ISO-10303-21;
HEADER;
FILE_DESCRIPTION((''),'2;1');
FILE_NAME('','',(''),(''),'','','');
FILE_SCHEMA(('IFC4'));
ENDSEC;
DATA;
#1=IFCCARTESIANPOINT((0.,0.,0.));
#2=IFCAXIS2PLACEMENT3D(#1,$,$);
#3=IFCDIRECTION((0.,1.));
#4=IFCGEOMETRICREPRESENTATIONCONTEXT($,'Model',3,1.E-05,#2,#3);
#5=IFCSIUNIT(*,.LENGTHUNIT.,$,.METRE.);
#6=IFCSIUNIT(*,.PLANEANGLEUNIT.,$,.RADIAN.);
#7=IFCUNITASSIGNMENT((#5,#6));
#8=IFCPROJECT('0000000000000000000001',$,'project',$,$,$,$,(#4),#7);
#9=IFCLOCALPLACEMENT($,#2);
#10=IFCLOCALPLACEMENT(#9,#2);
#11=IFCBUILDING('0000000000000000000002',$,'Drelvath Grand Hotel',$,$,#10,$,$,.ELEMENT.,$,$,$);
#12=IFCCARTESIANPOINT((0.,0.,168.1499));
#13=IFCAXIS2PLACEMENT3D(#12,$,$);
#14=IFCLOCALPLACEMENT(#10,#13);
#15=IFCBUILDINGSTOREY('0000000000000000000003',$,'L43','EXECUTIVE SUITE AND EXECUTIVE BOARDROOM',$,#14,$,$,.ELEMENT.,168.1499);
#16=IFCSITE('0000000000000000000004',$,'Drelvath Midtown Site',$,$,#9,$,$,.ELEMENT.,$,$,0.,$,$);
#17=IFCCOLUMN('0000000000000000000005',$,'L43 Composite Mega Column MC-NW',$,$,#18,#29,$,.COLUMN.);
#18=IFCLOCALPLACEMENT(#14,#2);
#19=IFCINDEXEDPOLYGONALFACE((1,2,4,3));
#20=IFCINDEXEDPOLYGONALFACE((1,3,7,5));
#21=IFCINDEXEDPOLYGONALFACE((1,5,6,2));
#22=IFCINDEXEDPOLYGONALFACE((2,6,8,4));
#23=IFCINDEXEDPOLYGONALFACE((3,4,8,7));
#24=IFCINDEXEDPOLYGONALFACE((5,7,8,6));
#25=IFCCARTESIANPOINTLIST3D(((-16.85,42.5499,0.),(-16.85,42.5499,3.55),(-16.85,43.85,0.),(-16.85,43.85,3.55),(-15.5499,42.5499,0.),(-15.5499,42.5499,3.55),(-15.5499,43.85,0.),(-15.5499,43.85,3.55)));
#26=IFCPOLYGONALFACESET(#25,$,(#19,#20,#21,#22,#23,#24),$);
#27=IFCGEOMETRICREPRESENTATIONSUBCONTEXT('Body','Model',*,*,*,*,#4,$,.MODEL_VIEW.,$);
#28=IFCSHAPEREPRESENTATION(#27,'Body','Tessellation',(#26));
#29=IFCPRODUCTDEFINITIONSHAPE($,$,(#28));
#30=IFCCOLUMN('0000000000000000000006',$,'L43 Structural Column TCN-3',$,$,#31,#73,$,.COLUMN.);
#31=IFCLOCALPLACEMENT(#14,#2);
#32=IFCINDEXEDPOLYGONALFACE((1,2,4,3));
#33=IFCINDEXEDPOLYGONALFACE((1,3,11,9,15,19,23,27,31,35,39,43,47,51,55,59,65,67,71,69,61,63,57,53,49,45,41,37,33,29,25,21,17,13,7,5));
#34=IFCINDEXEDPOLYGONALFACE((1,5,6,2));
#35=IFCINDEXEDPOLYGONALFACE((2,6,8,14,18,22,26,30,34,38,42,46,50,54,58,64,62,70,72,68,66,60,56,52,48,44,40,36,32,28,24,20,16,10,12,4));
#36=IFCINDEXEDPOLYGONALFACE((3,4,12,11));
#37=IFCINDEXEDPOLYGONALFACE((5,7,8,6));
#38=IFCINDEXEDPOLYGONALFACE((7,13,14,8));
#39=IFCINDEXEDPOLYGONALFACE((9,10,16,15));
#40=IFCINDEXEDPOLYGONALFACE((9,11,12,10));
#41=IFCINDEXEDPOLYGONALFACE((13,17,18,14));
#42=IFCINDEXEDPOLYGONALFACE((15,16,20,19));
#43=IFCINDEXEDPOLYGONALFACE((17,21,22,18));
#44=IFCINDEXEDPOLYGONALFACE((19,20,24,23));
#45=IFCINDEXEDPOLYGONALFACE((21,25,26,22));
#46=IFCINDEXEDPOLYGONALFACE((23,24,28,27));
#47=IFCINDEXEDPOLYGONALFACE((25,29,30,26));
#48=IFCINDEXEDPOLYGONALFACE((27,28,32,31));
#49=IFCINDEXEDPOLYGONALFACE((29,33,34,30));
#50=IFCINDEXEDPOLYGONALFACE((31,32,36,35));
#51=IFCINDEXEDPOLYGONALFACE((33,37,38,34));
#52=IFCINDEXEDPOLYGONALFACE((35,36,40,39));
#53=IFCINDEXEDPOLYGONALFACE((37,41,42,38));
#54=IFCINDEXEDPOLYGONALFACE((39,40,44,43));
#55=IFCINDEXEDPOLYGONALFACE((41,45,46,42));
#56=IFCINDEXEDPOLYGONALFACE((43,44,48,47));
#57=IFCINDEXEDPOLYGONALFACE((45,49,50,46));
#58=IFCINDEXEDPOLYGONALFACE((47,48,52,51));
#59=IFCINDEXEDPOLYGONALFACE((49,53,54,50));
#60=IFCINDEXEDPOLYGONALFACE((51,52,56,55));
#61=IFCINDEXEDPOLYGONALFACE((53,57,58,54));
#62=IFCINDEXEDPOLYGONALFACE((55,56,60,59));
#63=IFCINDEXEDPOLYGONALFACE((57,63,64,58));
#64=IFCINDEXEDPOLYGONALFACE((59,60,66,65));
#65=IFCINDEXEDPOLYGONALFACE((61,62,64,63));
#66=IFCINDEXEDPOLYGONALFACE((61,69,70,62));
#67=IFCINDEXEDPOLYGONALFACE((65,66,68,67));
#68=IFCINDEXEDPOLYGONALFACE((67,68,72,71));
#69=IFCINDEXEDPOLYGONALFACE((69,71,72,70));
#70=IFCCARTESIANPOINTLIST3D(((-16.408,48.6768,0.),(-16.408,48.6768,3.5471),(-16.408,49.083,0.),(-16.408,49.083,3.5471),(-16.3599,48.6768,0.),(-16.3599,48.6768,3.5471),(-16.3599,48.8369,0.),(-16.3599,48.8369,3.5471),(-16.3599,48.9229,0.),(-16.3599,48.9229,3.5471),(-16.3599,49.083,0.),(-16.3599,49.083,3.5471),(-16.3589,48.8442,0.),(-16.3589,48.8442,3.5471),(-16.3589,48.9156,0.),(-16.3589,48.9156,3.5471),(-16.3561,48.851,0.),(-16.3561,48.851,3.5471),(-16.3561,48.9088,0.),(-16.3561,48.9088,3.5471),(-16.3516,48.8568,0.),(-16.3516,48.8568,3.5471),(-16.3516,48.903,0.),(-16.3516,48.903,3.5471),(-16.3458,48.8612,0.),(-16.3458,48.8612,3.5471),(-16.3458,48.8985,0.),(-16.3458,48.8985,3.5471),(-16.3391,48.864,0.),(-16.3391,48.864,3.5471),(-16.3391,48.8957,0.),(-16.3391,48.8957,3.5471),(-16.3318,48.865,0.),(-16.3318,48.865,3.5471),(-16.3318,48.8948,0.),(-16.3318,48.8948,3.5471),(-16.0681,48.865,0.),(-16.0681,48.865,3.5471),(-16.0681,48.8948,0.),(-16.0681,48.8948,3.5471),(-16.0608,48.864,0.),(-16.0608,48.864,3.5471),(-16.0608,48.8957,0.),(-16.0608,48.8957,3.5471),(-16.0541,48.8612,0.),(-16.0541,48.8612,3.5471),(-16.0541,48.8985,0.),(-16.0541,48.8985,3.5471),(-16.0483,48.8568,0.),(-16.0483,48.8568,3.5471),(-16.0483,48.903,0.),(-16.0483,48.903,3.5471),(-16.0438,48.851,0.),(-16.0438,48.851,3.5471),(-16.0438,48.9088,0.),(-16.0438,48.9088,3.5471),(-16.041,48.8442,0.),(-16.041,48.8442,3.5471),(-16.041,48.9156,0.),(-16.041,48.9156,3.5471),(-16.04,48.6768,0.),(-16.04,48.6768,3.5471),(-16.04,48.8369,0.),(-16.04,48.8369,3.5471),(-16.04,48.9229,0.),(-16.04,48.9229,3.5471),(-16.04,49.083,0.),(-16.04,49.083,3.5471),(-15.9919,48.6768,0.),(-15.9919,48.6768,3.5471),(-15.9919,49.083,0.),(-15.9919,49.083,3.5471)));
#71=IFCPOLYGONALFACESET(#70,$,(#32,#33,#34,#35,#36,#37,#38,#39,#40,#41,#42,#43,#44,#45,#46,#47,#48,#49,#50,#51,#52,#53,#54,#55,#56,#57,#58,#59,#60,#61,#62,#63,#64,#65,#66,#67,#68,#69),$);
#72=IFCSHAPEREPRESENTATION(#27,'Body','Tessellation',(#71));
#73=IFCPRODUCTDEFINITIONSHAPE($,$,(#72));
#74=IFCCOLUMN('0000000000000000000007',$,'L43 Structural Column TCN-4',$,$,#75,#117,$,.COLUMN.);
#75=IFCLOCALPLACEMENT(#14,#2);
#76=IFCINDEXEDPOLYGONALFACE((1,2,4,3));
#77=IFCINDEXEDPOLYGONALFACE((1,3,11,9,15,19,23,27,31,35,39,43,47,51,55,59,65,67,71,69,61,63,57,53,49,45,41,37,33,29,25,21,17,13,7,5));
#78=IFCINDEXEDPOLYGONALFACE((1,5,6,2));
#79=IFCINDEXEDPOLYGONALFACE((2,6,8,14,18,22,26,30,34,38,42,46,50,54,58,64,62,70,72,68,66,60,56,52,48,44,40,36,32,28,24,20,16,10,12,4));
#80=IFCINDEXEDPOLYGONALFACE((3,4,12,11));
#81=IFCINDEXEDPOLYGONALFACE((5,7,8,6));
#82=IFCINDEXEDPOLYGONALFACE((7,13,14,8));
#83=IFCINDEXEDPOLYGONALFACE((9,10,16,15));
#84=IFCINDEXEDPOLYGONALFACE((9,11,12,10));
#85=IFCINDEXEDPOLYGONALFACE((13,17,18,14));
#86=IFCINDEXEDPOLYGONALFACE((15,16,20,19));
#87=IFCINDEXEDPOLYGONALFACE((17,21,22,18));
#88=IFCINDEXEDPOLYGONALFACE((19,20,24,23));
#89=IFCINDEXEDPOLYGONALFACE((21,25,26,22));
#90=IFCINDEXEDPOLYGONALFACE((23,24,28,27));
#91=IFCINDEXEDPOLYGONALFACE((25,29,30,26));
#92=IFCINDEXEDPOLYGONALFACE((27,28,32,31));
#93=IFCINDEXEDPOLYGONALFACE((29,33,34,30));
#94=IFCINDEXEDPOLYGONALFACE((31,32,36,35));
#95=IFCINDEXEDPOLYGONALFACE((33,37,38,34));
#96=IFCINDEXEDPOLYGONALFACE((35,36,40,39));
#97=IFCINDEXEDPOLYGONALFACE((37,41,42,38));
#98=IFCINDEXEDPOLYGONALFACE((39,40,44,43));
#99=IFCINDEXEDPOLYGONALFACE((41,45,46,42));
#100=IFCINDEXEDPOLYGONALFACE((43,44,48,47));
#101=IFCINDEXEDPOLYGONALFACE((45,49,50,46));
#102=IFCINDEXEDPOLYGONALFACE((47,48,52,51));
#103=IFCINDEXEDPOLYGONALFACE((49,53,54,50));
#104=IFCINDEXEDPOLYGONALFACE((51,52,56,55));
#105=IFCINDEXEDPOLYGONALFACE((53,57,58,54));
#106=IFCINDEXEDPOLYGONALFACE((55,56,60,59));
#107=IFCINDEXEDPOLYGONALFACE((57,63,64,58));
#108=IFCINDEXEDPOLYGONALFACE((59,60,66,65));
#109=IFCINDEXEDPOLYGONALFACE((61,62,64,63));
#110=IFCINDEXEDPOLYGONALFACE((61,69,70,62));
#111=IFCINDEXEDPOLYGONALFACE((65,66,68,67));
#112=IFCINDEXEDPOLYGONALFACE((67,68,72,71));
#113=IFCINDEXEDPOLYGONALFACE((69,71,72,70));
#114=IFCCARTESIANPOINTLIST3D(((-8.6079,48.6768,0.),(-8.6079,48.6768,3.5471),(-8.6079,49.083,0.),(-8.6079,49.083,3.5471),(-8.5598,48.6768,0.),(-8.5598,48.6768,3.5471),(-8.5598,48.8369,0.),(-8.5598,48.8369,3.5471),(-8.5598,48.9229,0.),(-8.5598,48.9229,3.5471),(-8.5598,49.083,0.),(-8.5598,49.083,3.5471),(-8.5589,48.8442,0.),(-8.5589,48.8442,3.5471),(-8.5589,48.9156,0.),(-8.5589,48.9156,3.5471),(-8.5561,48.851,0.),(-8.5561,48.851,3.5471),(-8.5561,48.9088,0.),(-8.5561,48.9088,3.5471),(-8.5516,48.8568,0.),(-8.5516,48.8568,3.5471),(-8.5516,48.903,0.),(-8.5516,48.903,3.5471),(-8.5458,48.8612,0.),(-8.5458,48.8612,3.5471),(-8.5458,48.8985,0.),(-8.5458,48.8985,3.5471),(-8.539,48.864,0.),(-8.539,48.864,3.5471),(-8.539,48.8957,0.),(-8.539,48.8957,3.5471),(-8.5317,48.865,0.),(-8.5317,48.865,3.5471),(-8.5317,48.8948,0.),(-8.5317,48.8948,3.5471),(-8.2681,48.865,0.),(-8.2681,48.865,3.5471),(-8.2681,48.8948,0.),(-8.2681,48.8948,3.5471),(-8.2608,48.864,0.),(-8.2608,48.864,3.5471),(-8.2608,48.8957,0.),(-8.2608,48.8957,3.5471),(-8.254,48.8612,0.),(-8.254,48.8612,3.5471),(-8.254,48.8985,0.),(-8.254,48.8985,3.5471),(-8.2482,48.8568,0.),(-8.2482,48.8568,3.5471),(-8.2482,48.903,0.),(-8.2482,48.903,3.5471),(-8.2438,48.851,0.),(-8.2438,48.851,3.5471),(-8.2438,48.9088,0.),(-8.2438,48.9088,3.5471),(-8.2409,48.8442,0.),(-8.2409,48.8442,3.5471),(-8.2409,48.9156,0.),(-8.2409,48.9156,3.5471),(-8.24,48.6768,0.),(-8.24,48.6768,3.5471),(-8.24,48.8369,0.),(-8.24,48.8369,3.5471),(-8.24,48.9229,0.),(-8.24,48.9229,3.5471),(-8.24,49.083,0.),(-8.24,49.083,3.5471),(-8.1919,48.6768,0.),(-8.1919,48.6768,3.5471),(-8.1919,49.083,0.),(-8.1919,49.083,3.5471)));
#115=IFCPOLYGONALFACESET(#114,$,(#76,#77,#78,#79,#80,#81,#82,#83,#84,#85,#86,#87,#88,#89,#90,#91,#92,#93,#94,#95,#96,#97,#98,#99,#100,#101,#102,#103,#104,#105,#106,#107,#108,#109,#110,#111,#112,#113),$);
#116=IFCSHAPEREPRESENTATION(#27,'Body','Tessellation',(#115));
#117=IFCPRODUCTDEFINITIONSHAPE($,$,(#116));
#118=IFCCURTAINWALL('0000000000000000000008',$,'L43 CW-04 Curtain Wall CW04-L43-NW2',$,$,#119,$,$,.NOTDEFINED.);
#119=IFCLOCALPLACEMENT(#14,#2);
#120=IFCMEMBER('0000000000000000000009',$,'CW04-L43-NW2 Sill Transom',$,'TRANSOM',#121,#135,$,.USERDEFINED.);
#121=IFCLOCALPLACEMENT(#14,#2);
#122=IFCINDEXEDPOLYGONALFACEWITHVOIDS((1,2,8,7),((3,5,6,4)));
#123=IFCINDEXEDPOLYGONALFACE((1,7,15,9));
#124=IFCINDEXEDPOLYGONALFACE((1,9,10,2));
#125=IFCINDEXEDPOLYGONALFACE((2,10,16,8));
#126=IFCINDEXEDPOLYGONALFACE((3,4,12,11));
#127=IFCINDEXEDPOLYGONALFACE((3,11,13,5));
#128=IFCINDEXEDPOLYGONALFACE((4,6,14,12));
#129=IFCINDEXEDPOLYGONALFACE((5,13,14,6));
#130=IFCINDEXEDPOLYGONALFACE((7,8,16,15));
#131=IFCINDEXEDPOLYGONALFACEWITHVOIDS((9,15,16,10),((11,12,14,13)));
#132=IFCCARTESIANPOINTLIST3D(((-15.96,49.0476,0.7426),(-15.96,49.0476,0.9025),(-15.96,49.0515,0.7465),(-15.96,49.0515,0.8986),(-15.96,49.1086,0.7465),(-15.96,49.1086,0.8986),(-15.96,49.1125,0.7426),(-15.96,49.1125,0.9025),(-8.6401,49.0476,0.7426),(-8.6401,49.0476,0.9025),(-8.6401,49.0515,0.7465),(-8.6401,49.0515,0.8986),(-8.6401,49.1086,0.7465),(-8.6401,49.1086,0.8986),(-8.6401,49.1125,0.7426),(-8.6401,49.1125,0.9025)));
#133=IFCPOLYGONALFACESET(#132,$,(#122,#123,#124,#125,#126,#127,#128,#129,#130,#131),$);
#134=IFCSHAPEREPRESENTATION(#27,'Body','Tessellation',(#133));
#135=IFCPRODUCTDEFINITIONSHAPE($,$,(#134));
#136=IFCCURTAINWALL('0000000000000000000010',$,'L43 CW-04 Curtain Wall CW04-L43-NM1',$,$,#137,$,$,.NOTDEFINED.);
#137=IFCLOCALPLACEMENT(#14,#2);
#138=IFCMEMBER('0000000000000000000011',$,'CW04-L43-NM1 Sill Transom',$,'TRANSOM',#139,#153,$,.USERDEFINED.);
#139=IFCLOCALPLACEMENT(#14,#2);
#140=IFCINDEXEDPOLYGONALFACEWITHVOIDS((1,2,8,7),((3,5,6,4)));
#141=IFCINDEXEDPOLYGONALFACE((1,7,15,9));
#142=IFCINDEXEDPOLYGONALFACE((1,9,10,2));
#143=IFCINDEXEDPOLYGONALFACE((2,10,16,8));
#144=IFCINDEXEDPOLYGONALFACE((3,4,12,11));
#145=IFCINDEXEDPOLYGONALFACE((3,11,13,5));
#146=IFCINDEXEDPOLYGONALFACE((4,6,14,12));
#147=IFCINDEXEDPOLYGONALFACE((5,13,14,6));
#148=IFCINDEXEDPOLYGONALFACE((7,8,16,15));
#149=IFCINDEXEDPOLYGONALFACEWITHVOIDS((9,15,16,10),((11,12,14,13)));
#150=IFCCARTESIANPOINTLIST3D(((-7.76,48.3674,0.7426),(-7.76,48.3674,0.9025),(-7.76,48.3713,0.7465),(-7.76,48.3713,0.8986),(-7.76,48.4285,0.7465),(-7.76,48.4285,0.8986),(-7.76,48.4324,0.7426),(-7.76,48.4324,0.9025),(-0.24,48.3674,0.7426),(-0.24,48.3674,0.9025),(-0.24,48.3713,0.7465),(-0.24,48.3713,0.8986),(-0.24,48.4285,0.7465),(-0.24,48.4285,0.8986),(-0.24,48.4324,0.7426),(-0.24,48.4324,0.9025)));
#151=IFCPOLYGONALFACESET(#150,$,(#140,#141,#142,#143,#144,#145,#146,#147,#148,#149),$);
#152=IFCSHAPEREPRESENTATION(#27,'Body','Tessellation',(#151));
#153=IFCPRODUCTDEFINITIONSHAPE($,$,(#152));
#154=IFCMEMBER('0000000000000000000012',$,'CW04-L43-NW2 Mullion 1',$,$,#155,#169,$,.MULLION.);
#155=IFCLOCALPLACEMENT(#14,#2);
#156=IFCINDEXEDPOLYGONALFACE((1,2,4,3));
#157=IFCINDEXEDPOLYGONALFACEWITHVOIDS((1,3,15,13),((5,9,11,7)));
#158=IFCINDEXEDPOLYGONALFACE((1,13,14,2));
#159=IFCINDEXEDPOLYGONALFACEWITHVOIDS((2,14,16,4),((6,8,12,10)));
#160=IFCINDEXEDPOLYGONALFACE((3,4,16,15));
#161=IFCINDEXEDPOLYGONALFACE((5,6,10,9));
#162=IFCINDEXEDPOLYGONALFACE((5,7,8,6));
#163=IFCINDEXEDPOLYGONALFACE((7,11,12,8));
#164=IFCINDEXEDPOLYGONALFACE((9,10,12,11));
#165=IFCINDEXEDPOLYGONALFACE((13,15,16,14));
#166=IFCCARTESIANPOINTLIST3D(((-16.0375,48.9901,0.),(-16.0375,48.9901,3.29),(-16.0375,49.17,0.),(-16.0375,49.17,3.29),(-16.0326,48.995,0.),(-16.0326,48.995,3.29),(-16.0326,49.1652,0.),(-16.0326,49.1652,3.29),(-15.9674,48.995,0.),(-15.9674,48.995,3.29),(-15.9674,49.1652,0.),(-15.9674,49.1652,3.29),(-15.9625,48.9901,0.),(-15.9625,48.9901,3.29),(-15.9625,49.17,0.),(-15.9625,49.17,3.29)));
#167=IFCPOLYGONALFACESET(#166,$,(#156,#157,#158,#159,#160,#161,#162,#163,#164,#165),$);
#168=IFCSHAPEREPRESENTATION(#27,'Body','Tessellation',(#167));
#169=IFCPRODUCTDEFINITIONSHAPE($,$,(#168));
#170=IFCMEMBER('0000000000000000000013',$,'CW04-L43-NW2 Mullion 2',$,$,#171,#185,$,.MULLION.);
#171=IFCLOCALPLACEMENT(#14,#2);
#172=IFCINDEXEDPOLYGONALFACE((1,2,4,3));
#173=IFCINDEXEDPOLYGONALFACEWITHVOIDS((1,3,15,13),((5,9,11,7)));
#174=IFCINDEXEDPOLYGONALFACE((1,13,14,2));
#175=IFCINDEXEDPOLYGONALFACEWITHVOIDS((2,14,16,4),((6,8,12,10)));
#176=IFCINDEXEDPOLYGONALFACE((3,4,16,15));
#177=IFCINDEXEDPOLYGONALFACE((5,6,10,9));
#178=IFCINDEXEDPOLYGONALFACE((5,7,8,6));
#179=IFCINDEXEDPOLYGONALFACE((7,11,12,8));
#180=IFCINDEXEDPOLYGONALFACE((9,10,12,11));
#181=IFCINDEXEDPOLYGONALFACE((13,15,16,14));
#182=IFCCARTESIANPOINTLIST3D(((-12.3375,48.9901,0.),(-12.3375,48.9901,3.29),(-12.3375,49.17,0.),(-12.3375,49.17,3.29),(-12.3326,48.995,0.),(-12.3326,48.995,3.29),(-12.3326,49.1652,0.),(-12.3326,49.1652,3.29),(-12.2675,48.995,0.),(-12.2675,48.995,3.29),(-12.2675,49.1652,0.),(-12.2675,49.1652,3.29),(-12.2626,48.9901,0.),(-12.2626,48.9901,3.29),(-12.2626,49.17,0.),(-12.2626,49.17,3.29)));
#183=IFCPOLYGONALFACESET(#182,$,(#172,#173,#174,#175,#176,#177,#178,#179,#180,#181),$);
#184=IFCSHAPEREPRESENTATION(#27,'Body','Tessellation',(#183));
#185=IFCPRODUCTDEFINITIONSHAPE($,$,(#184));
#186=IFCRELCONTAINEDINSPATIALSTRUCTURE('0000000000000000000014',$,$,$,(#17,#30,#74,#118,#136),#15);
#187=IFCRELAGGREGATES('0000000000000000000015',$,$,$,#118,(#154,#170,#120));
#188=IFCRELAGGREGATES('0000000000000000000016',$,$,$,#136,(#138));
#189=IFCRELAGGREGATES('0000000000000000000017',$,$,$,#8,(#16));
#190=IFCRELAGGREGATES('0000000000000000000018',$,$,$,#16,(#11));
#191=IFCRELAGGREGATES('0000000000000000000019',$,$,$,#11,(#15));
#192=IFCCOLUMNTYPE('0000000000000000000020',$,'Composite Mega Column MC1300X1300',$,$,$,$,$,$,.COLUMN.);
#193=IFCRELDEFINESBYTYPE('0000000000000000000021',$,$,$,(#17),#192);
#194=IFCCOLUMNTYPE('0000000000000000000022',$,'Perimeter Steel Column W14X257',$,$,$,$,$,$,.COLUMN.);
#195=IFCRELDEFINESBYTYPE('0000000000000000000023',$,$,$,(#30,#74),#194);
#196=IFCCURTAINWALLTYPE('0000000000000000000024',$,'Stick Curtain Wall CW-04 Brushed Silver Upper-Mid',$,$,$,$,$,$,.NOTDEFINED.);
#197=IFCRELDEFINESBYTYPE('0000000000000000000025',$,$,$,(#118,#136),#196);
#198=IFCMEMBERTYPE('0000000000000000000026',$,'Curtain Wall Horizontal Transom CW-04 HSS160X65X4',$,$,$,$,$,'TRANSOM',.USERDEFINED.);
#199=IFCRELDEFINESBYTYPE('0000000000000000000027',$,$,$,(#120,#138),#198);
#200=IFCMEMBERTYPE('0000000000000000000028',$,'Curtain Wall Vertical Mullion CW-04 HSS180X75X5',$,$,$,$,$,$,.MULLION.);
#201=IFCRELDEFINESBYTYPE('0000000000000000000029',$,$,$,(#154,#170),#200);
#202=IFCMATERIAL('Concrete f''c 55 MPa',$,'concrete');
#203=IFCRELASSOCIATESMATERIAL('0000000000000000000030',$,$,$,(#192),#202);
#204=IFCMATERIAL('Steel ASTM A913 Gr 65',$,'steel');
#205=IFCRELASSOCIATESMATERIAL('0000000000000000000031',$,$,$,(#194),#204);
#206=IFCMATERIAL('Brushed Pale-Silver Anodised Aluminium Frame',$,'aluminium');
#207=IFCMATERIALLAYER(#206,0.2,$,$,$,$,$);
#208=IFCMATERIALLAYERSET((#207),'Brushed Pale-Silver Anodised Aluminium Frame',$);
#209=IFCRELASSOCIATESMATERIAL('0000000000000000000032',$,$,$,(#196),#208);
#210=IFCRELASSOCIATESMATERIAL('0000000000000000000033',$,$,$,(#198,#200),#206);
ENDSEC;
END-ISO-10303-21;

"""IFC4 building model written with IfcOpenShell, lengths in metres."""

from ifc_helpers import new_model, si_unit, direction, frame, origin, origin_2d, place, context, subcontext, project, spatial, rectangle, hollow_rectangle, i_section, extrude, material, layer, layer_set, material_profile, profile_set, type_object, element, aggregate, save


model = new_model("IFC4")

# Units and contexts
model_context = context("Model", 3, precision=1e-05, world=origin(), true_north=direction((0.0, 1.0)))
body_context = subcontext(model_context, "Body", "Model", "MODEL_VIEW")
ifc_project = project(units=[si_unit("LENGTHUNIT", "METRE"), si_unit("PLANEANGLEUNIT", "RADIAN")], contexts=[model_context])

# Site, building, storey
site_placement = place(None, origin())
site = spatial("IfcSite", under=ifc_project, at=site_placement, Name="Drelvath Midtown Site", CompositionType="ELEMENT", RefElevation=0.0)
building_placement = place(site_placement, origin())
building = spatial("IfcBuilding", under=site, at=building_placement, Name="Drelvath Grand Hotel", CompositionType="ELEMENT")
storey_placement = place(building_placement, frame((0.0, 0.0, 168.1499)))
storey = spatial("IfcBuildingStorey", under=building, at=storey_placement, Name="L43", Description="EXECUTIVE SUITE AND EXECUTIVE BOARDROOM", CompositionType="ELEMENT", Elevation=168.1499)

# Columns
ifc_material_1 = material(Name="Concrete f'c 55 MPa", Category="concrete")
ifc_material_profile_1 = material_profile(ifc_material_1, rectangle(XDim=1.3, YDim=1.3, at=origin_2d()), Name="MC1300X1300")
ifc_profile_set_1 = profile_set([ifc_material_profile_1], Name="Concrete f'c 55 MPa")
column_type_1 = type_object("IfcColumnType", Name="Composite Mega Column MC1300X1300", PredefinedType="COLUMN", material=ifc_profile_set_1)
column_placement = place(storey_placement, frame((-16.2, 43.2, 0.0), z_axis=(0.0, 0.0, 1.0), x_axis=(1.0, 0.0, 0.0)))
element("IfcColumn", 1, at=column_placement, inside=storey, type_object=column_type_1, Name="L43 Composite Mega Column MC-NW", PredefinedType="COLUMN", context=body_context, shape_type="SweptSolid", body=[
    extrude(rectangle(XDim=1.3, YDim=1.3, at=origin_2d()), origin(), (0.0, 0.0, 1.0), 3.55),
])
ifc_material_2 = material(Name="Steel ASTM A913 Gr 65", Category="steel")
ifc_material_profile_2 = material_profile(ifc_material_2, i_section(OverallWidth=0.4062, OverallDepth=0.416, WebThickness=0.0298, FlangeThickness=0.0481, FilletRadius=0.0281, at=origin_2d()), Name="W14X257")
ifc_profile_set_2 = profile_set([ifc_material_profile_2], Name="Steel ASTM A913 Gr 65")
column_type_2 = type_object("IfcColumnType", Name="Perimeter Steel Column W14X257", PredefinedType="COLUMN", material=ifc_profile_set_2)
for number, where, z_axis, x_axis, name in (
    (2, (-16.2, 48.8799, 0.0), (0.0, 0.0, 1.0), (0.0, 1.0, 0.0), "L43 Structural Column TCN-3"),
    (3, (-8.3999, 48.8799, 0.0), (0.0, 0.0, 1.0), (0.0, 1.0, 0.0), "L43 Structural Column TCN-4"),
):
    element("IfcColumn", number, at=place(storey_placement, frame(where, z_axis=z_axis, x_axis=x_axis)), inside=storey, type_object=column_type_2, Name=name, PredefinedType="COLUMN", context=body_context, shape_type="SweptSolid", body=[
        extrude(i_section(OverallWidth=0.4062, OverallDepth=0.416, WebThickness=0.0298, FlangeThickness=0.0481, FilletRadius=0.0281, at=origin_2d()), origin(), (0.0, 0.0, 1.0), 3.5471),
    ])

# Curtain walls, members
ifc_material_3 = material(Name="Brushed Pale-Silver Anodised Aluminium Frame", Category="aluminium")
ifc_layer_1 = layer(ifc_material_3, 0.2)
ifc_layer_set_1 = layer_set([ifc_layer_1], Name="Brushed Pale-Silver Anodised Aluminium Frame")
curtain_wall_type = type_object("IfcCurtainWallType", Name="Stick Curtain Wall CW-04 Brushed Silver Upper-Mid", PredefinedType="NOTDEFINED", material=ifc_layer_set_1)
curtain_wall_1_placement = place(storey_placement, origin())
curtain_wall_1 = element("IfcCurtainWall", 4, at=curtain_wall_1_placement, inside=storey, type_object=curtain_wall_type, Name="L43 CW-04 Curtain Wall CW04-L43-NW2", PredefinedType="NOTDEFINED")
ifc_material_profile_3 = material_profile(ifc_material_3, hollow_rectangle(XDim=0.0649, YDim=0.1599, WallThickness=0.0039, at=origin_2d()), Name="HSS160X65X4")
ifc_profile_set_3 = profile_set([ifc_material_profile_3], Name="Brushed Pale-Silver Anodised Aluminium Frame")
member_type_1 = type_object("IfcMemberType", Name="Curtain Wall Horizontal Transom CW-04 HSS160X65X4", ElementType="TRANSOM", PredefinedType="USERDEFINED", material=ifc_profile_set_3)
member_1_placement = place(storey_placement, frame((-15.96, 49.0801, 0.8225), z_axis=(1.0, 0.0, 0.0), x_axis=(0.0, 1.0, 0.0)))
member_1 = element("IfcMember", 5, at=member_1_placement, type_object=member_type_1, Name="CW04-L43-NW2 Sill Transom", ObjectType="TRANSOM", PredefinedType="USERDEFINED", context=body_context, shape_type="SweptSolid", body=[
    extrude(hollow_rectangle(XDim=0.0649, YDim=0.1599, WallThickness=0.0039, at=origin_2d()), origin(), (0.0, 0.0, 1.0), 7.3198),
])
curtain_wall_2_placement = place(storey_placement, origin())
curtain_wall_2 = element("IfcCurtainWall", 6, at=curtain_wall_2_placement, inside=storey, type_object=curtain_wall_type, Name="L43 CW-04 Curtain Wall CW04-L43-NM1", PredefinedType="NOTDEFINED")
member_2_placement = place(storey_placement, frame((-7.76, 48.3999, 0.8225), z_axis=(1.0, 0.0, 0.0), x_axis=(0.0, 1.0, 0.0)))
member_2 = element("IfcMember", 7, at=member_2_placement, type_object=member_type_1, Name="CW04-L43-NM1 Sill Transom", ObjectType="TRANSOM", PredefinedType="USERDEFINED", context=body_context, shape_type="SweptSolid", body=[
    extrude(hollow_rectangle(XDim=0.0649, YDim=0.1599, WallThickness=0.0039, at=origin_2d()), origin(), (0.0, 0.0, 1.0), 7.52),
])

# Members
ifc_material_profile_4 = material_profile(ifc_material_3, hollow_rectangle(XDim=0.075, YDim=0.1799, WallThickness=0.0049, at=origin_2d()), Name="HSS180X75X5")
ifc_profile_set_4 = profile_set([ifc_material_profile_4], Name="Brushed Pale-Silver Anodised Aluminium Frame")
member_type_2 = type_object("IfcMemberType", Name="Curtain Wall Vertical Mullion CW-04 HSS180X75X5", PredefinedType="MULLION", material=ifc_profile_set_4)
member_3_placement = place(storey_placement, frame((-16.0, 49.0801, 0.0), z_axis=(0.0, 0.0, 1.0), x_axis=(1.0, 0.0, 0.0)))
member_3 = element("IfcMember", 8, at=member_3_placement, type_object=member_type_2, Name="CW04-L43-NW2 Mullion 1", PredefinedType="MULLION", context=body_context, shape_type="SweptSolid", body=[
    extrude(hollow_rectangle(XDim=0.075, YDim=0.1799, WallThickness=0.0049, at=origin_2d()), origin(), (0.0, 0.0, 1.0), 3.29),
])
member_4_placement = place(storey_placement, frame((-12.3, 49.0801, 0.0), z_axis=(0.0, 0.0, 1.0), x_axis=(1.0, 0.0, 0.0)))
member_4 = element("IfcMember", 9, at=member_4_placement, type_object=member_type_2, Name="CW04-L43-NW2 Mullion 2", PredefinedType="MULLION", context=body_context, shape_type="SweptSolid", body=[
    extrude(hollow_rectangle(XDim=0.075, YDim=0.1799, WallThickness=0.0049, at=origin_2d()), origin(), (0.0, 0.0, 1.0), 3.29),
])

aggregate(curtain_wall_1, [member_3, member_4, member_1])
aggregate(curtain_wall_2, [member_2])

save(model, "model.ifc")
